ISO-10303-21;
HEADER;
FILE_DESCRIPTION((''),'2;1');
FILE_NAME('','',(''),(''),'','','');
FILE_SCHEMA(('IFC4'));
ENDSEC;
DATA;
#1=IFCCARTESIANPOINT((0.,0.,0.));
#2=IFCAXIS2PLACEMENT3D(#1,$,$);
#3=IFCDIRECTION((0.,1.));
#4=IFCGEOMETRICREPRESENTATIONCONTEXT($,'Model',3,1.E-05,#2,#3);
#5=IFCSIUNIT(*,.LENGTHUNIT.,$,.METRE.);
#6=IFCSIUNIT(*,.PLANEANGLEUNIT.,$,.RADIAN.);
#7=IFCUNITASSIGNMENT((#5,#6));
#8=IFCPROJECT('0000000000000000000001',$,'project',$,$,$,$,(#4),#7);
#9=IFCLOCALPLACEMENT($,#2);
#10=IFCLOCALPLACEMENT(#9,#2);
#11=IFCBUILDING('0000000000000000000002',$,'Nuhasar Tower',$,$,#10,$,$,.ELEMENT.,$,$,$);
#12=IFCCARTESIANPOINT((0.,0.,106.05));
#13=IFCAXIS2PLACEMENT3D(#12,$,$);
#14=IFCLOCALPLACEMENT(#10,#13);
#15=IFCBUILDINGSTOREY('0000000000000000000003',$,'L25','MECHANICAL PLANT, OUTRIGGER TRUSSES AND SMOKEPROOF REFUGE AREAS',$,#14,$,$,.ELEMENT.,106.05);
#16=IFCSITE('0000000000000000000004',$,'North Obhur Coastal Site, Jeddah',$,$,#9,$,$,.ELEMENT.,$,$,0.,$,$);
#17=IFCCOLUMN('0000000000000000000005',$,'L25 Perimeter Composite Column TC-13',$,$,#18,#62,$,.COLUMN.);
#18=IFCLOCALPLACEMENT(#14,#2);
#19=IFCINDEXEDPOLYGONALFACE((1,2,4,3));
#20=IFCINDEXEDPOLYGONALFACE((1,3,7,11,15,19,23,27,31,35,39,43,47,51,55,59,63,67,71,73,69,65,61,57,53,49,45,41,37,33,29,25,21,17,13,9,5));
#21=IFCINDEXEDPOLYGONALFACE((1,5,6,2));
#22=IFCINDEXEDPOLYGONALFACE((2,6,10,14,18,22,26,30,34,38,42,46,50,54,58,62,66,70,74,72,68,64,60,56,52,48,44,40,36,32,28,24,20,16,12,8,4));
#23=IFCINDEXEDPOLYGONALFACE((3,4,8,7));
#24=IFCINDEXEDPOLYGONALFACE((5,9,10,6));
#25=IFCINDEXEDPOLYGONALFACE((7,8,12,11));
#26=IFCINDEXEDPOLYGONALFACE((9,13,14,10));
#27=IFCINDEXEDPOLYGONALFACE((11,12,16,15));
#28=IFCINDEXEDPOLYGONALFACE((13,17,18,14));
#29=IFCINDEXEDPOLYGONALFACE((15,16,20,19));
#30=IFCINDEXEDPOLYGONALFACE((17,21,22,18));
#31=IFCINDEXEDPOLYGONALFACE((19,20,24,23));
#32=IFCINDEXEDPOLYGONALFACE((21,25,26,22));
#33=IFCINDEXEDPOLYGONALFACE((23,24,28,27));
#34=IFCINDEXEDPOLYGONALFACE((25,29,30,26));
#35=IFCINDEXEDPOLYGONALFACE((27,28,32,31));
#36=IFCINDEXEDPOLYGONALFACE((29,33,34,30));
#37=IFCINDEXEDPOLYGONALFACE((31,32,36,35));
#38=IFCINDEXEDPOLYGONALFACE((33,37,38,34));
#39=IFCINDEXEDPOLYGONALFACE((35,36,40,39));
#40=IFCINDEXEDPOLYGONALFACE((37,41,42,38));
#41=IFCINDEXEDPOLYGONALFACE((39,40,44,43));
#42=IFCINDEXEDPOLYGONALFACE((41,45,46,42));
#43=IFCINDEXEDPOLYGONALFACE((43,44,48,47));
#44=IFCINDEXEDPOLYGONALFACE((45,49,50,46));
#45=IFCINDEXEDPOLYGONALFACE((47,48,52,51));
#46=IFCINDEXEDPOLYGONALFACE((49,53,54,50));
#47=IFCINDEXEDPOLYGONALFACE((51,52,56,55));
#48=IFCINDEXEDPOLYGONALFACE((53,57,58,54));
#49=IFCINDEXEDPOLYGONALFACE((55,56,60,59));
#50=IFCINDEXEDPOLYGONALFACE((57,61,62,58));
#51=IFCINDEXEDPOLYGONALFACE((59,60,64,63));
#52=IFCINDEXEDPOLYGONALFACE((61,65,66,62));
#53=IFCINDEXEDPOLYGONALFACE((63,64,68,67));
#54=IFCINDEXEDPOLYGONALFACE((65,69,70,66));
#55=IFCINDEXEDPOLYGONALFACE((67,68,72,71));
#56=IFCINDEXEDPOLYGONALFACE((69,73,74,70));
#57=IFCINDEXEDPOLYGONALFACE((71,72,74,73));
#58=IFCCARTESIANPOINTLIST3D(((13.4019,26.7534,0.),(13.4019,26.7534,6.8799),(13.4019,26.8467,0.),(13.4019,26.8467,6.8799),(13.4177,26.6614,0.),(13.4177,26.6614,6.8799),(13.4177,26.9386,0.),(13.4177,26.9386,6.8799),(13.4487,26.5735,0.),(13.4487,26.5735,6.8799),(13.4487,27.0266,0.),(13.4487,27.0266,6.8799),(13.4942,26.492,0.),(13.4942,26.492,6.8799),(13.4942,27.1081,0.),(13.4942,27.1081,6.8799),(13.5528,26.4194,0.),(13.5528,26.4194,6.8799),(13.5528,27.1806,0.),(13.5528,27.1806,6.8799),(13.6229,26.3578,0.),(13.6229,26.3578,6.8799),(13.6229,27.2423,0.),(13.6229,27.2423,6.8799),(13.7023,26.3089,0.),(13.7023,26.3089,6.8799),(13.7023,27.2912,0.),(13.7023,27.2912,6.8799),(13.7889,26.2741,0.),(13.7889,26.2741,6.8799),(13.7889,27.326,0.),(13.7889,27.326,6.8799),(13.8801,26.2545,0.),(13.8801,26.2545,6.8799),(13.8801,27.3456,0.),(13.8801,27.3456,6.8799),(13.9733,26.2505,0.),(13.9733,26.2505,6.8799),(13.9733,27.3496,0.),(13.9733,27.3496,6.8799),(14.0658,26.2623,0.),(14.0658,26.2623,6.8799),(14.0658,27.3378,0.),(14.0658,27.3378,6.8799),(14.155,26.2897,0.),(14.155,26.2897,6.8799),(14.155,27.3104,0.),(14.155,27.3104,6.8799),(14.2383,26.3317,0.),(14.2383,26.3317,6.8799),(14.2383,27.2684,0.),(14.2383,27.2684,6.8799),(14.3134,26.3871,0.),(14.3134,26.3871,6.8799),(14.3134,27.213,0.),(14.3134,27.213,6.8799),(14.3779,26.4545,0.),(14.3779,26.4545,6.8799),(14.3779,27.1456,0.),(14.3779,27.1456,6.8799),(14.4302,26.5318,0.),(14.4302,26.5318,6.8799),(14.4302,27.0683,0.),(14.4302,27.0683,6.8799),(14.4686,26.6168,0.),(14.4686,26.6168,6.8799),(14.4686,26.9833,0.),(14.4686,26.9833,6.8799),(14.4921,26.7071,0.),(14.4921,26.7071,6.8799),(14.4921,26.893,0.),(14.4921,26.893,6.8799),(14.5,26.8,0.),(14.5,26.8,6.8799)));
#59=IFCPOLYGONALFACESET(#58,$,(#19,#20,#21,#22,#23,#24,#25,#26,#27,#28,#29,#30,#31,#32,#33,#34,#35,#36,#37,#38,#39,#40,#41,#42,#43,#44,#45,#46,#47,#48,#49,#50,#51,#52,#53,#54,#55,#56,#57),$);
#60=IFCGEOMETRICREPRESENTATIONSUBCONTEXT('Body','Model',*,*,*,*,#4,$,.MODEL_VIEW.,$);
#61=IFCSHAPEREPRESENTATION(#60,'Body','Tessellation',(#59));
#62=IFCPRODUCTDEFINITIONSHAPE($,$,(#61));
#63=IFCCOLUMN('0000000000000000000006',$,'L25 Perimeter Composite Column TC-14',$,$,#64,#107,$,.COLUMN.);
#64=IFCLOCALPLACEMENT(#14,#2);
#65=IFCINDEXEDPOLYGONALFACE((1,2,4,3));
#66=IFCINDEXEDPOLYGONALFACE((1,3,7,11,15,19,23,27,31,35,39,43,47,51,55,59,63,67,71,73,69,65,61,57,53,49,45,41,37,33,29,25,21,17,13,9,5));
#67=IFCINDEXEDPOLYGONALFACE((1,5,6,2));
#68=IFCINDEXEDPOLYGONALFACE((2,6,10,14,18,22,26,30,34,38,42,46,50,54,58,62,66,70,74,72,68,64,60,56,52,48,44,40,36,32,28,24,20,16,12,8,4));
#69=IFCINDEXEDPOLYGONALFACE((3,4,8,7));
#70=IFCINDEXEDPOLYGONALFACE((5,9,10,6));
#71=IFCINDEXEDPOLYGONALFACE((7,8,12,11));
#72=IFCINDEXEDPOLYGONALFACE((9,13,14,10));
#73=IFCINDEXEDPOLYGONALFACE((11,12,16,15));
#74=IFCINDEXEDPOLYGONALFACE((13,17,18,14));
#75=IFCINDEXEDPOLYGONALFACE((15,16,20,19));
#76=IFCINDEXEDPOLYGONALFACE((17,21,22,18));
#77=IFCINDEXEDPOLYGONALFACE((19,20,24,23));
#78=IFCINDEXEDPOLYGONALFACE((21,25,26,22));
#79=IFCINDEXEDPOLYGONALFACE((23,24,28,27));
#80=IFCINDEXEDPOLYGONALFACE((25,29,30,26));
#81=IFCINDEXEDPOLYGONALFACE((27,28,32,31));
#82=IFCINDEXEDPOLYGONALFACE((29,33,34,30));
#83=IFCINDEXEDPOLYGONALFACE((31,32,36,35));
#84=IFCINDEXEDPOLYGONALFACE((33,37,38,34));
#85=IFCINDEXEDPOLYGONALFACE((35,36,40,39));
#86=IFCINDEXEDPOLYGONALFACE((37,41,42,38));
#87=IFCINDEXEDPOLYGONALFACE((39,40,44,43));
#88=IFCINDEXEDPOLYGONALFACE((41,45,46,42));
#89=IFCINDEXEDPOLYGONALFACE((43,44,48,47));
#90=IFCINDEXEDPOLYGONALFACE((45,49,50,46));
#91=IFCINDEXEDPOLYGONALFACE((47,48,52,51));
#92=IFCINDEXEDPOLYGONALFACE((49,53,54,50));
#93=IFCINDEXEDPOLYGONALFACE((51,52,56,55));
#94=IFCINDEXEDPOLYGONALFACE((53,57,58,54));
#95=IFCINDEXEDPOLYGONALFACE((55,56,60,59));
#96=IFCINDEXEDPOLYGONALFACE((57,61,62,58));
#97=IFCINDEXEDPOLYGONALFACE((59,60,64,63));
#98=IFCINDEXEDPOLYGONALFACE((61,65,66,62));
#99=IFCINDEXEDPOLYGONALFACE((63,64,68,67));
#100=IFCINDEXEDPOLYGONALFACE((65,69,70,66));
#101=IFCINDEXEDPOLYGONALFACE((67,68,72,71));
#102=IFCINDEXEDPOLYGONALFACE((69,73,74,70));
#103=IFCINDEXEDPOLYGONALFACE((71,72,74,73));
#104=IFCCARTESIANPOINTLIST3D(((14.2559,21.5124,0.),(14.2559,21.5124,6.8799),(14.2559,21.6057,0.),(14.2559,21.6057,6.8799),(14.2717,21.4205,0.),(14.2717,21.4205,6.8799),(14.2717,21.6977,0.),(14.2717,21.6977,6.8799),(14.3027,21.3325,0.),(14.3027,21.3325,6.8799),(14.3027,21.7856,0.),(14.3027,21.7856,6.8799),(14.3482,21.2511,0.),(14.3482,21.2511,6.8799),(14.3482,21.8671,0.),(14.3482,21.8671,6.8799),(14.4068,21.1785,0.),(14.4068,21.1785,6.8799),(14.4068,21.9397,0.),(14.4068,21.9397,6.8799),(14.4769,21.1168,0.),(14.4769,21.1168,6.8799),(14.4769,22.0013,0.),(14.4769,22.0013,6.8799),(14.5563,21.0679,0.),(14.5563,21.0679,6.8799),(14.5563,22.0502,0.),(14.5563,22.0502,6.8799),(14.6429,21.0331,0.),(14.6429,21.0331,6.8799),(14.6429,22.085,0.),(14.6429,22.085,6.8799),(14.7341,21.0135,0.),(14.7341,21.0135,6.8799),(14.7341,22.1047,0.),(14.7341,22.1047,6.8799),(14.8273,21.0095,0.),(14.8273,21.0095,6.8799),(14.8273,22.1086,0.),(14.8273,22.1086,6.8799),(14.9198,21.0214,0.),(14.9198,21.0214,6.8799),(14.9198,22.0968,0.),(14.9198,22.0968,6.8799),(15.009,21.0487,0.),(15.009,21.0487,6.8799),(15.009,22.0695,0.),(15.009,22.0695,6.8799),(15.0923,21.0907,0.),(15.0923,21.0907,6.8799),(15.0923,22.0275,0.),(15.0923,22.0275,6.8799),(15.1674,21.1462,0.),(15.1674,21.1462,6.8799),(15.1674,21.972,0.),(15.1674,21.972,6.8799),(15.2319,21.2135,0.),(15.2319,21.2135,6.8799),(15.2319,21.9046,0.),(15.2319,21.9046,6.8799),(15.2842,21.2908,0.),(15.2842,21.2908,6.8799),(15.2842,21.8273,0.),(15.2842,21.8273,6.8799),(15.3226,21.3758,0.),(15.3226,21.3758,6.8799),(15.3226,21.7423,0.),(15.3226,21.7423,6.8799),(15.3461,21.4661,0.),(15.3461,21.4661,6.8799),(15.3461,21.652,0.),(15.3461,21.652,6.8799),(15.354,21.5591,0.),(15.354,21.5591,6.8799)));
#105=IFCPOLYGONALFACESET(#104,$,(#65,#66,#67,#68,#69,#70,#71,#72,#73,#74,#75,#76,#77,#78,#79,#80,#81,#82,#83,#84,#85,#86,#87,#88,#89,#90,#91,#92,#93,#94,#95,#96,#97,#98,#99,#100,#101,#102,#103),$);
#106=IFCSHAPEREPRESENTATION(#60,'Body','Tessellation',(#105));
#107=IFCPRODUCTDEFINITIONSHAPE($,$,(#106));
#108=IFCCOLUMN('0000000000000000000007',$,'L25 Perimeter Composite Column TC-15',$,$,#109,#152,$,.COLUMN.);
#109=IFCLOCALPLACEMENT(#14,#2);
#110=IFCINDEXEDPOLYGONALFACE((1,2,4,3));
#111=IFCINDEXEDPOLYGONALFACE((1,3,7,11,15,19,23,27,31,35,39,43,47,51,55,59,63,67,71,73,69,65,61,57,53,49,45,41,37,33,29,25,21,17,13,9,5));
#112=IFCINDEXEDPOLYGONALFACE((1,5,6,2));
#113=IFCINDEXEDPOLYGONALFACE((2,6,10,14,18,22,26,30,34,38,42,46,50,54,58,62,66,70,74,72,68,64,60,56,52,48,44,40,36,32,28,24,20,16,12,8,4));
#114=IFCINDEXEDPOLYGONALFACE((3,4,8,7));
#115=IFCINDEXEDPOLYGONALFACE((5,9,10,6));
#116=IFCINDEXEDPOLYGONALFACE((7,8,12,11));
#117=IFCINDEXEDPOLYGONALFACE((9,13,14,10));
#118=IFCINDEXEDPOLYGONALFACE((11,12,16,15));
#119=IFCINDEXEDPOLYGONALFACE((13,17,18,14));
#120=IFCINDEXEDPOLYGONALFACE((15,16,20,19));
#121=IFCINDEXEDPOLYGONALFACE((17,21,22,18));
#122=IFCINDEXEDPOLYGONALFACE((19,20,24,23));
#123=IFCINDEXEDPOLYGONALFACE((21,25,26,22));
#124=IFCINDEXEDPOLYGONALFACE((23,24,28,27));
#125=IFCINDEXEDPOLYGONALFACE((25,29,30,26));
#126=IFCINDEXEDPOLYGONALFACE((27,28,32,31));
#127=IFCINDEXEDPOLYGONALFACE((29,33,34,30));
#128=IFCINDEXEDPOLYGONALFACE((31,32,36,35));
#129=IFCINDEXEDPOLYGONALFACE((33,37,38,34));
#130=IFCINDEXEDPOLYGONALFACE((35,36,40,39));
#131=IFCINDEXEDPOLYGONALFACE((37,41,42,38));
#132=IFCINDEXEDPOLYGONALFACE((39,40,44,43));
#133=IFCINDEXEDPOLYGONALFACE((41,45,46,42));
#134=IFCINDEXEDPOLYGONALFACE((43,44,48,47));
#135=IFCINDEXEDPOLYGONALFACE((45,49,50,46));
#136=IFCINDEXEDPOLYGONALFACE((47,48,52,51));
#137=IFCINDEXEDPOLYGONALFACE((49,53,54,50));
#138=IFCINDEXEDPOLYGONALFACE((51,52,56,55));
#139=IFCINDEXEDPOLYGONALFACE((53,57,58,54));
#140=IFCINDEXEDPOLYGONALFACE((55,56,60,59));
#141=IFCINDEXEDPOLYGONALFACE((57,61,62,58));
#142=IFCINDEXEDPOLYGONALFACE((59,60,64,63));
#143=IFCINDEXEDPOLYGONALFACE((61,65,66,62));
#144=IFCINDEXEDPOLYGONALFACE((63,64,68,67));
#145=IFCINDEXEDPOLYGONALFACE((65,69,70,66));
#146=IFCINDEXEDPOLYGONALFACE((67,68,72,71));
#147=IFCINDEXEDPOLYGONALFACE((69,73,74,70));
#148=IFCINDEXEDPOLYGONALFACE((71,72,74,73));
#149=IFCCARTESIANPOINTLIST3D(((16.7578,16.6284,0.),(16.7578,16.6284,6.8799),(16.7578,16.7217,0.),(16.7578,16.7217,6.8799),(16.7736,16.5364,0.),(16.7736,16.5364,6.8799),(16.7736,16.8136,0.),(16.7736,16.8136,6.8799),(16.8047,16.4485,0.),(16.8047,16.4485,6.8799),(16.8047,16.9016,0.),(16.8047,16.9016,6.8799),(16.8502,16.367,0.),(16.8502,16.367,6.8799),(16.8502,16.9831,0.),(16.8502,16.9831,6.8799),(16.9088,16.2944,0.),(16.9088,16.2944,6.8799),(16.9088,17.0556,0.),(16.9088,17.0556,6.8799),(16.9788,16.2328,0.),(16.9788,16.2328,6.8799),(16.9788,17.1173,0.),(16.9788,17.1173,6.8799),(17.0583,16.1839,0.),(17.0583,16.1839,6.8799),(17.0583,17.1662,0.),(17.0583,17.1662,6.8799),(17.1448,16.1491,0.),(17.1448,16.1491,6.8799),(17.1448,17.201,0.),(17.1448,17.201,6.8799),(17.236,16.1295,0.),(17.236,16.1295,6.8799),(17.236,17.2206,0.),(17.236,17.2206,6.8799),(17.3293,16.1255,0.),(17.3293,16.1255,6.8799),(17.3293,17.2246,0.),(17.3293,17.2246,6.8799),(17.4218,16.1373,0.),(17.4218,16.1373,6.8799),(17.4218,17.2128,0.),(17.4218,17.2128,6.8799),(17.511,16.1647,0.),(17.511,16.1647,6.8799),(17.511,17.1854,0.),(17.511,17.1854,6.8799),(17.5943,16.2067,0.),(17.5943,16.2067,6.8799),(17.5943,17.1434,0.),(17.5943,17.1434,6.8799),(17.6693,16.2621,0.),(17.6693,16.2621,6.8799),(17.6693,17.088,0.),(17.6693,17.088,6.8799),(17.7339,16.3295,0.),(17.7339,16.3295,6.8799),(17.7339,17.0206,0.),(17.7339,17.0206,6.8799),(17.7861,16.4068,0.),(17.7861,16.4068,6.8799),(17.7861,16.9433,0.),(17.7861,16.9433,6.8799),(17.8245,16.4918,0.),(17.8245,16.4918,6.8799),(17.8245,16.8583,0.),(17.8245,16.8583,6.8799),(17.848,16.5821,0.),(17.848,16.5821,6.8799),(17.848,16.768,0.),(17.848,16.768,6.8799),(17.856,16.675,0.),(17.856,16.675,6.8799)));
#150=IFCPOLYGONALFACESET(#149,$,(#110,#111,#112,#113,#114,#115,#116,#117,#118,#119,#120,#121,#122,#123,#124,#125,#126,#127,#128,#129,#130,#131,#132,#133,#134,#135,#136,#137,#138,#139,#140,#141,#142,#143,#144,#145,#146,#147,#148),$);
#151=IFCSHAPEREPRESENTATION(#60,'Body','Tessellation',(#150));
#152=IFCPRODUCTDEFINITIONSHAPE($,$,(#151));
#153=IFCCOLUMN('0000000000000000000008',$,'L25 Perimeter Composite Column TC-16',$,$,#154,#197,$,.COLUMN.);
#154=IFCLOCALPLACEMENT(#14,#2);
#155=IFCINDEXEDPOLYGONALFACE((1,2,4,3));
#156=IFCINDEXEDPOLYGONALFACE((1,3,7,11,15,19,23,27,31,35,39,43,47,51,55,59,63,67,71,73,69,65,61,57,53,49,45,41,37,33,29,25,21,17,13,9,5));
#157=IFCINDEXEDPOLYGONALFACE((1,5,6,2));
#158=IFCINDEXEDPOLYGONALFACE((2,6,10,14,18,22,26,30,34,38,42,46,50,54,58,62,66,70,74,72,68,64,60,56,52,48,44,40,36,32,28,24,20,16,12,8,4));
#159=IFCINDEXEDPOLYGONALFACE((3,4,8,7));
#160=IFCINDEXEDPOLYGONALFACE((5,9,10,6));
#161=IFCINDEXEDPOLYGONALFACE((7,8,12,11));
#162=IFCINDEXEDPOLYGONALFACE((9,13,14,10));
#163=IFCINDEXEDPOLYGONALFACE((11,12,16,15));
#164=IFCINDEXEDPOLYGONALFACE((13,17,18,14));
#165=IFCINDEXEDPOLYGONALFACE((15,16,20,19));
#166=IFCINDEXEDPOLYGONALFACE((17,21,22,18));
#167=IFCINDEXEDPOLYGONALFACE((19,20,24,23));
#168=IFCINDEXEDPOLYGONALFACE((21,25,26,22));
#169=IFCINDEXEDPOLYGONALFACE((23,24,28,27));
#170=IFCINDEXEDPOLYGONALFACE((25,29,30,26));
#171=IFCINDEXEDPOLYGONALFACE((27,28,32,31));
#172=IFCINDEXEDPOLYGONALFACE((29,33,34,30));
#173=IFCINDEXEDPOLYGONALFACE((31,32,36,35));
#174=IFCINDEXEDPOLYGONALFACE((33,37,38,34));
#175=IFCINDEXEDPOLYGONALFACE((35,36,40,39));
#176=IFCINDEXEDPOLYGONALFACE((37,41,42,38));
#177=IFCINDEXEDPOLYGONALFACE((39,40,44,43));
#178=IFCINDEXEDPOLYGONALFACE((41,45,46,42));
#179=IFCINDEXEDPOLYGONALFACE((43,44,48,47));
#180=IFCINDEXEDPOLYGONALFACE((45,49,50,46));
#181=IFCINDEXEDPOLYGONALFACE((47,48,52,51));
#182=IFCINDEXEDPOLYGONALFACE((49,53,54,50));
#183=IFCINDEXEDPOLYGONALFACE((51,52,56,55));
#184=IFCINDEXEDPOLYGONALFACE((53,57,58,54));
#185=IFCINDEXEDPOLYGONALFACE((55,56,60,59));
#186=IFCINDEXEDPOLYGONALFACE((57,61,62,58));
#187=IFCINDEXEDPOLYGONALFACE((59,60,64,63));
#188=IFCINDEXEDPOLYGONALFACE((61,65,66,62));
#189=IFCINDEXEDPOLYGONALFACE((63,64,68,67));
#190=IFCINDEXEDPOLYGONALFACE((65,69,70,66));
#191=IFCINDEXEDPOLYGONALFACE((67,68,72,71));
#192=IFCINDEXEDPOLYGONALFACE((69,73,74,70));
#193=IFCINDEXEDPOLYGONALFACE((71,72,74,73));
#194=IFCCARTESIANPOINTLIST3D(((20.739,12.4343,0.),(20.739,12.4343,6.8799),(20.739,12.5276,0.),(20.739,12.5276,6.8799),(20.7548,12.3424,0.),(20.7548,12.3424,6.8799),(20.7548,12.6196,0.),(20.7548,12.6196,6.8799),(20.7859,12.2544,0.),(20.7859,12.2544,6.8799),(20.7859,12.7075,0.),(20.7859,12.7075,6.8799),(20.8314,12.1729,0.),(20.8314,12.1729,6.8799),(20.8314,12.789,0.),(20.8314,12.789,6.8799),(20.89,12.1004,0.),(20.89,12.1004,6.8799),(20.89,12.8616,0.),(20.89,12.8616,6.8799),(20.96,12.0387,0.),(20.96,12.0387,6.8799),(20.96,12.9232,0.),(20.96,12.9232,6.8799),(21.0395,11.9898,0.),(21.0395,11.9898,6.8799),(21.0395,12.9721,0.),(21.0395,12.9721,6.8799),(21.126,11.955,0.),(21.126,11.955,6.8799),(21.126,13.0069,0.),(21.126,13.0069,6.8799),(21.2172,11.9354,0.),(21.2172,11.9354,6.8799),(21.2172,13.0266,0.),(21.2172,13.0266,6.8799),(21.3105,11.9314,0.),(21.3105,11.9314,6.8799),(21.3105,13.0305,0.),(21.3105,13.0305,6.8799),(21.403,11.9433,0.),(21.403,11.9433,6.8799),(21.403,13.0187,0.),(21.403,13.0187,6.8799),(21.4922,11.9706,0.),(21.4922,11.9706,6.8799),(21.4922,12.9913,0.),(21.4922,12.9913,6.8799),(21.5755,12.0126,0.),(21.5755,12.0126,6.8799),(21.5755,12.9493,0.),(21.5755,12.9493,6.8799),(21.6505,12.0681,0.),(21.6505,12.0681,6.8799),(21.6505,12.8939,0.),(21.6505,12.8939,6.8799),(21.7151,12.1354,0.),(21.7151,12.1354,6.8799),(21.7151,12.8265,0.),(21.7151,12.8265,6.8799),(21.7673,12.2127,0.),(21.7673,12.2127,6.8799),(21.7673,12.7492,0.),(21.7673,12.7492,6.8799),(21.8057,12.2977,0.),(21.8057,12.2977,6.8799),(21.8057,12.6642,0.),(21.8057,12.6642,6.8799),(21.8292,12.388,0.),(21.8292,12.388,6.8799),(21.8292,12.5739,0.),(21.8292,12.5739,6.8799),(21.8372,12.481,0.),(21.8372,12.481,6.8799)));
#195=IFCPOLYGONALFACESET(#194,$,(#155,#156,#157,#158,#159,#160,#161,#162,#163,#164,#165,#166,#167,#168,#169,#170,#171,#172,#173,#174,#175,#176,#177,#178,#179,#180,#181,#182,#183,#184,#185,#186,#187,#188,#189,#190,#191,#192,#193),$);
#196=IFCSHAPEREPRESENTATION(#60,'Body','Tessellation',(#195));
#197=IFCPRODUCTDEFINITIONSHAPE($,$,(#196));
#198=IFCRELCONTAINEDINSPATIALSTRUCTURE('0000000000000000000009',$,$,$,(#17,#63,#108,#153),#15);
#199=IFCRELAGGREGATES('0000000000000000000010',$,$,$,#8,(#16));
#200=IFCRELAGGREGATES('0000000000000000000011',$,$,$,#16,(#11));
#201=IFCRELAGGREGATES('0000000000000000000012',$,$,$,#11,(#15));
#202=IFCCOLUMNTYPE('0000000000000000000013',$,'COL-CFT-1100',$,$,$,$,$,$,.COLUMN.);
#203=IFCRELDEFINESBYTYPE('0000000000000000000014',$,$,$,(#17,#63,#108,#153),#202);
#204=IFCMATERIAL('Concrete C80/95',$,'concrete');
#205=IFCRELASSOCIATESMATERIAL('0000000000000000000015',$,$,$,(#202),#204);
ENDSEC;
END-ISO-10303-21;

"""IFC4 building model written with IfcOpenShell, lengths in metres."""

from ifc_helpers import new_model, si_unit, direction, frame, origin, origin_2d, place, context, subcontext, project, spatial, circle, extrude, material, material_profile, profile_set, type_object, element, save


model = new_model("IFC4")

# Units and contexts
model_context = context("Model", 3, precision=1e-05, world=origin(), true_north=direction((0.0, 1.0)))
body_context = subcontext(model_context, "Body", "Model", "MODEL_VIEW")
ifc_project = project(units=[si_unit("LENGTHUNIT", "METRE"), si_unit("PLANEANGLEUNIT", "RADIAN")], contexts=[model_context])

# Site, building, storey
site_placement = place(None, origin())
site = spatial("IfcSite", under=ifc_project, at=site_placement, Name="North Obhur Coastal Site, Jeddah", CompositionType="ELEMENT", RefElevation=0.0)
building_placement = place(site_placement, origin())
building = spatial("IfcBuilding", under=site, at=building_placement, Name="Nuhasar Tower", CompositionType="ELEMENT")
storey_placement = place(building_placement, frame((0.0, 0.0, 106.05)))
storey = spatial("IfcBuildingStorey", under=building, at=storey_placement, Name="L25", Description="MECHANICAL PLANT, OUTRIGGER TRUSSES AND SMOKEPROOF REFUGE AREAS", CompositionType="ELEMENT", Elevation=106.05)

# Columns
ifc_material_1 = material(Name="Concrete C80/95", Category="concrete")
ifc_material_profile_1 = material_profile(ifc_material_1, circle(Radius=0.55, at=origin_2d()), Name="CFT1100")
ifc_profile_set_1 = profile_set([ifc_material_profile_1], Name="Concrete C80/95")
column_type = type_object("IfcColumnType", Name="COL-CFT-1100", PredefinedType="COLUMN", material=ifc_profile_set_1)
for number, where, z_axis, x_axis, name in (
    (1, (13.95, 26.8, 0.0), (0.0, 0.0, 1.0), (1.0, 0.0, 0.0), "L25 Perimeter Composite Column TC-13"),
    (2, (14.804, 21.5591, 0.0), (0.0, 0.0, 1.0), (1.0, 0.0, 0.0), "L25 Perimeter Composite Column TC-14"),
    (3, (17.3059, 16.675, 0.0), (0.0, 0.0, 1.0), (1.0, 0.0, 0.0), "L25 Perimeter Composite Column TC-15"),
    (4, (21.2871, 12.481, 0.0), (0.0, 0.0, 1.0), (1.0, 0.0, 0.0), "L25 Perimeter Composite Column TC-16"),
):
    element("IfcColumn", number, at=place(storey_placement, frame(where, z_axis=z_axis, x_axis=x_axis)), inside=storey, type_object=column_type, Name=name, PredefinedType="COLUMN", context=body_context, shape_type="SweptSolid", body=[
        extrude(circle(Radius=0.55, at=origin_2d()), origin(), (0.0, 0.0, 1.0), 6.8799),
    ])

save(model, "model.ifc")
